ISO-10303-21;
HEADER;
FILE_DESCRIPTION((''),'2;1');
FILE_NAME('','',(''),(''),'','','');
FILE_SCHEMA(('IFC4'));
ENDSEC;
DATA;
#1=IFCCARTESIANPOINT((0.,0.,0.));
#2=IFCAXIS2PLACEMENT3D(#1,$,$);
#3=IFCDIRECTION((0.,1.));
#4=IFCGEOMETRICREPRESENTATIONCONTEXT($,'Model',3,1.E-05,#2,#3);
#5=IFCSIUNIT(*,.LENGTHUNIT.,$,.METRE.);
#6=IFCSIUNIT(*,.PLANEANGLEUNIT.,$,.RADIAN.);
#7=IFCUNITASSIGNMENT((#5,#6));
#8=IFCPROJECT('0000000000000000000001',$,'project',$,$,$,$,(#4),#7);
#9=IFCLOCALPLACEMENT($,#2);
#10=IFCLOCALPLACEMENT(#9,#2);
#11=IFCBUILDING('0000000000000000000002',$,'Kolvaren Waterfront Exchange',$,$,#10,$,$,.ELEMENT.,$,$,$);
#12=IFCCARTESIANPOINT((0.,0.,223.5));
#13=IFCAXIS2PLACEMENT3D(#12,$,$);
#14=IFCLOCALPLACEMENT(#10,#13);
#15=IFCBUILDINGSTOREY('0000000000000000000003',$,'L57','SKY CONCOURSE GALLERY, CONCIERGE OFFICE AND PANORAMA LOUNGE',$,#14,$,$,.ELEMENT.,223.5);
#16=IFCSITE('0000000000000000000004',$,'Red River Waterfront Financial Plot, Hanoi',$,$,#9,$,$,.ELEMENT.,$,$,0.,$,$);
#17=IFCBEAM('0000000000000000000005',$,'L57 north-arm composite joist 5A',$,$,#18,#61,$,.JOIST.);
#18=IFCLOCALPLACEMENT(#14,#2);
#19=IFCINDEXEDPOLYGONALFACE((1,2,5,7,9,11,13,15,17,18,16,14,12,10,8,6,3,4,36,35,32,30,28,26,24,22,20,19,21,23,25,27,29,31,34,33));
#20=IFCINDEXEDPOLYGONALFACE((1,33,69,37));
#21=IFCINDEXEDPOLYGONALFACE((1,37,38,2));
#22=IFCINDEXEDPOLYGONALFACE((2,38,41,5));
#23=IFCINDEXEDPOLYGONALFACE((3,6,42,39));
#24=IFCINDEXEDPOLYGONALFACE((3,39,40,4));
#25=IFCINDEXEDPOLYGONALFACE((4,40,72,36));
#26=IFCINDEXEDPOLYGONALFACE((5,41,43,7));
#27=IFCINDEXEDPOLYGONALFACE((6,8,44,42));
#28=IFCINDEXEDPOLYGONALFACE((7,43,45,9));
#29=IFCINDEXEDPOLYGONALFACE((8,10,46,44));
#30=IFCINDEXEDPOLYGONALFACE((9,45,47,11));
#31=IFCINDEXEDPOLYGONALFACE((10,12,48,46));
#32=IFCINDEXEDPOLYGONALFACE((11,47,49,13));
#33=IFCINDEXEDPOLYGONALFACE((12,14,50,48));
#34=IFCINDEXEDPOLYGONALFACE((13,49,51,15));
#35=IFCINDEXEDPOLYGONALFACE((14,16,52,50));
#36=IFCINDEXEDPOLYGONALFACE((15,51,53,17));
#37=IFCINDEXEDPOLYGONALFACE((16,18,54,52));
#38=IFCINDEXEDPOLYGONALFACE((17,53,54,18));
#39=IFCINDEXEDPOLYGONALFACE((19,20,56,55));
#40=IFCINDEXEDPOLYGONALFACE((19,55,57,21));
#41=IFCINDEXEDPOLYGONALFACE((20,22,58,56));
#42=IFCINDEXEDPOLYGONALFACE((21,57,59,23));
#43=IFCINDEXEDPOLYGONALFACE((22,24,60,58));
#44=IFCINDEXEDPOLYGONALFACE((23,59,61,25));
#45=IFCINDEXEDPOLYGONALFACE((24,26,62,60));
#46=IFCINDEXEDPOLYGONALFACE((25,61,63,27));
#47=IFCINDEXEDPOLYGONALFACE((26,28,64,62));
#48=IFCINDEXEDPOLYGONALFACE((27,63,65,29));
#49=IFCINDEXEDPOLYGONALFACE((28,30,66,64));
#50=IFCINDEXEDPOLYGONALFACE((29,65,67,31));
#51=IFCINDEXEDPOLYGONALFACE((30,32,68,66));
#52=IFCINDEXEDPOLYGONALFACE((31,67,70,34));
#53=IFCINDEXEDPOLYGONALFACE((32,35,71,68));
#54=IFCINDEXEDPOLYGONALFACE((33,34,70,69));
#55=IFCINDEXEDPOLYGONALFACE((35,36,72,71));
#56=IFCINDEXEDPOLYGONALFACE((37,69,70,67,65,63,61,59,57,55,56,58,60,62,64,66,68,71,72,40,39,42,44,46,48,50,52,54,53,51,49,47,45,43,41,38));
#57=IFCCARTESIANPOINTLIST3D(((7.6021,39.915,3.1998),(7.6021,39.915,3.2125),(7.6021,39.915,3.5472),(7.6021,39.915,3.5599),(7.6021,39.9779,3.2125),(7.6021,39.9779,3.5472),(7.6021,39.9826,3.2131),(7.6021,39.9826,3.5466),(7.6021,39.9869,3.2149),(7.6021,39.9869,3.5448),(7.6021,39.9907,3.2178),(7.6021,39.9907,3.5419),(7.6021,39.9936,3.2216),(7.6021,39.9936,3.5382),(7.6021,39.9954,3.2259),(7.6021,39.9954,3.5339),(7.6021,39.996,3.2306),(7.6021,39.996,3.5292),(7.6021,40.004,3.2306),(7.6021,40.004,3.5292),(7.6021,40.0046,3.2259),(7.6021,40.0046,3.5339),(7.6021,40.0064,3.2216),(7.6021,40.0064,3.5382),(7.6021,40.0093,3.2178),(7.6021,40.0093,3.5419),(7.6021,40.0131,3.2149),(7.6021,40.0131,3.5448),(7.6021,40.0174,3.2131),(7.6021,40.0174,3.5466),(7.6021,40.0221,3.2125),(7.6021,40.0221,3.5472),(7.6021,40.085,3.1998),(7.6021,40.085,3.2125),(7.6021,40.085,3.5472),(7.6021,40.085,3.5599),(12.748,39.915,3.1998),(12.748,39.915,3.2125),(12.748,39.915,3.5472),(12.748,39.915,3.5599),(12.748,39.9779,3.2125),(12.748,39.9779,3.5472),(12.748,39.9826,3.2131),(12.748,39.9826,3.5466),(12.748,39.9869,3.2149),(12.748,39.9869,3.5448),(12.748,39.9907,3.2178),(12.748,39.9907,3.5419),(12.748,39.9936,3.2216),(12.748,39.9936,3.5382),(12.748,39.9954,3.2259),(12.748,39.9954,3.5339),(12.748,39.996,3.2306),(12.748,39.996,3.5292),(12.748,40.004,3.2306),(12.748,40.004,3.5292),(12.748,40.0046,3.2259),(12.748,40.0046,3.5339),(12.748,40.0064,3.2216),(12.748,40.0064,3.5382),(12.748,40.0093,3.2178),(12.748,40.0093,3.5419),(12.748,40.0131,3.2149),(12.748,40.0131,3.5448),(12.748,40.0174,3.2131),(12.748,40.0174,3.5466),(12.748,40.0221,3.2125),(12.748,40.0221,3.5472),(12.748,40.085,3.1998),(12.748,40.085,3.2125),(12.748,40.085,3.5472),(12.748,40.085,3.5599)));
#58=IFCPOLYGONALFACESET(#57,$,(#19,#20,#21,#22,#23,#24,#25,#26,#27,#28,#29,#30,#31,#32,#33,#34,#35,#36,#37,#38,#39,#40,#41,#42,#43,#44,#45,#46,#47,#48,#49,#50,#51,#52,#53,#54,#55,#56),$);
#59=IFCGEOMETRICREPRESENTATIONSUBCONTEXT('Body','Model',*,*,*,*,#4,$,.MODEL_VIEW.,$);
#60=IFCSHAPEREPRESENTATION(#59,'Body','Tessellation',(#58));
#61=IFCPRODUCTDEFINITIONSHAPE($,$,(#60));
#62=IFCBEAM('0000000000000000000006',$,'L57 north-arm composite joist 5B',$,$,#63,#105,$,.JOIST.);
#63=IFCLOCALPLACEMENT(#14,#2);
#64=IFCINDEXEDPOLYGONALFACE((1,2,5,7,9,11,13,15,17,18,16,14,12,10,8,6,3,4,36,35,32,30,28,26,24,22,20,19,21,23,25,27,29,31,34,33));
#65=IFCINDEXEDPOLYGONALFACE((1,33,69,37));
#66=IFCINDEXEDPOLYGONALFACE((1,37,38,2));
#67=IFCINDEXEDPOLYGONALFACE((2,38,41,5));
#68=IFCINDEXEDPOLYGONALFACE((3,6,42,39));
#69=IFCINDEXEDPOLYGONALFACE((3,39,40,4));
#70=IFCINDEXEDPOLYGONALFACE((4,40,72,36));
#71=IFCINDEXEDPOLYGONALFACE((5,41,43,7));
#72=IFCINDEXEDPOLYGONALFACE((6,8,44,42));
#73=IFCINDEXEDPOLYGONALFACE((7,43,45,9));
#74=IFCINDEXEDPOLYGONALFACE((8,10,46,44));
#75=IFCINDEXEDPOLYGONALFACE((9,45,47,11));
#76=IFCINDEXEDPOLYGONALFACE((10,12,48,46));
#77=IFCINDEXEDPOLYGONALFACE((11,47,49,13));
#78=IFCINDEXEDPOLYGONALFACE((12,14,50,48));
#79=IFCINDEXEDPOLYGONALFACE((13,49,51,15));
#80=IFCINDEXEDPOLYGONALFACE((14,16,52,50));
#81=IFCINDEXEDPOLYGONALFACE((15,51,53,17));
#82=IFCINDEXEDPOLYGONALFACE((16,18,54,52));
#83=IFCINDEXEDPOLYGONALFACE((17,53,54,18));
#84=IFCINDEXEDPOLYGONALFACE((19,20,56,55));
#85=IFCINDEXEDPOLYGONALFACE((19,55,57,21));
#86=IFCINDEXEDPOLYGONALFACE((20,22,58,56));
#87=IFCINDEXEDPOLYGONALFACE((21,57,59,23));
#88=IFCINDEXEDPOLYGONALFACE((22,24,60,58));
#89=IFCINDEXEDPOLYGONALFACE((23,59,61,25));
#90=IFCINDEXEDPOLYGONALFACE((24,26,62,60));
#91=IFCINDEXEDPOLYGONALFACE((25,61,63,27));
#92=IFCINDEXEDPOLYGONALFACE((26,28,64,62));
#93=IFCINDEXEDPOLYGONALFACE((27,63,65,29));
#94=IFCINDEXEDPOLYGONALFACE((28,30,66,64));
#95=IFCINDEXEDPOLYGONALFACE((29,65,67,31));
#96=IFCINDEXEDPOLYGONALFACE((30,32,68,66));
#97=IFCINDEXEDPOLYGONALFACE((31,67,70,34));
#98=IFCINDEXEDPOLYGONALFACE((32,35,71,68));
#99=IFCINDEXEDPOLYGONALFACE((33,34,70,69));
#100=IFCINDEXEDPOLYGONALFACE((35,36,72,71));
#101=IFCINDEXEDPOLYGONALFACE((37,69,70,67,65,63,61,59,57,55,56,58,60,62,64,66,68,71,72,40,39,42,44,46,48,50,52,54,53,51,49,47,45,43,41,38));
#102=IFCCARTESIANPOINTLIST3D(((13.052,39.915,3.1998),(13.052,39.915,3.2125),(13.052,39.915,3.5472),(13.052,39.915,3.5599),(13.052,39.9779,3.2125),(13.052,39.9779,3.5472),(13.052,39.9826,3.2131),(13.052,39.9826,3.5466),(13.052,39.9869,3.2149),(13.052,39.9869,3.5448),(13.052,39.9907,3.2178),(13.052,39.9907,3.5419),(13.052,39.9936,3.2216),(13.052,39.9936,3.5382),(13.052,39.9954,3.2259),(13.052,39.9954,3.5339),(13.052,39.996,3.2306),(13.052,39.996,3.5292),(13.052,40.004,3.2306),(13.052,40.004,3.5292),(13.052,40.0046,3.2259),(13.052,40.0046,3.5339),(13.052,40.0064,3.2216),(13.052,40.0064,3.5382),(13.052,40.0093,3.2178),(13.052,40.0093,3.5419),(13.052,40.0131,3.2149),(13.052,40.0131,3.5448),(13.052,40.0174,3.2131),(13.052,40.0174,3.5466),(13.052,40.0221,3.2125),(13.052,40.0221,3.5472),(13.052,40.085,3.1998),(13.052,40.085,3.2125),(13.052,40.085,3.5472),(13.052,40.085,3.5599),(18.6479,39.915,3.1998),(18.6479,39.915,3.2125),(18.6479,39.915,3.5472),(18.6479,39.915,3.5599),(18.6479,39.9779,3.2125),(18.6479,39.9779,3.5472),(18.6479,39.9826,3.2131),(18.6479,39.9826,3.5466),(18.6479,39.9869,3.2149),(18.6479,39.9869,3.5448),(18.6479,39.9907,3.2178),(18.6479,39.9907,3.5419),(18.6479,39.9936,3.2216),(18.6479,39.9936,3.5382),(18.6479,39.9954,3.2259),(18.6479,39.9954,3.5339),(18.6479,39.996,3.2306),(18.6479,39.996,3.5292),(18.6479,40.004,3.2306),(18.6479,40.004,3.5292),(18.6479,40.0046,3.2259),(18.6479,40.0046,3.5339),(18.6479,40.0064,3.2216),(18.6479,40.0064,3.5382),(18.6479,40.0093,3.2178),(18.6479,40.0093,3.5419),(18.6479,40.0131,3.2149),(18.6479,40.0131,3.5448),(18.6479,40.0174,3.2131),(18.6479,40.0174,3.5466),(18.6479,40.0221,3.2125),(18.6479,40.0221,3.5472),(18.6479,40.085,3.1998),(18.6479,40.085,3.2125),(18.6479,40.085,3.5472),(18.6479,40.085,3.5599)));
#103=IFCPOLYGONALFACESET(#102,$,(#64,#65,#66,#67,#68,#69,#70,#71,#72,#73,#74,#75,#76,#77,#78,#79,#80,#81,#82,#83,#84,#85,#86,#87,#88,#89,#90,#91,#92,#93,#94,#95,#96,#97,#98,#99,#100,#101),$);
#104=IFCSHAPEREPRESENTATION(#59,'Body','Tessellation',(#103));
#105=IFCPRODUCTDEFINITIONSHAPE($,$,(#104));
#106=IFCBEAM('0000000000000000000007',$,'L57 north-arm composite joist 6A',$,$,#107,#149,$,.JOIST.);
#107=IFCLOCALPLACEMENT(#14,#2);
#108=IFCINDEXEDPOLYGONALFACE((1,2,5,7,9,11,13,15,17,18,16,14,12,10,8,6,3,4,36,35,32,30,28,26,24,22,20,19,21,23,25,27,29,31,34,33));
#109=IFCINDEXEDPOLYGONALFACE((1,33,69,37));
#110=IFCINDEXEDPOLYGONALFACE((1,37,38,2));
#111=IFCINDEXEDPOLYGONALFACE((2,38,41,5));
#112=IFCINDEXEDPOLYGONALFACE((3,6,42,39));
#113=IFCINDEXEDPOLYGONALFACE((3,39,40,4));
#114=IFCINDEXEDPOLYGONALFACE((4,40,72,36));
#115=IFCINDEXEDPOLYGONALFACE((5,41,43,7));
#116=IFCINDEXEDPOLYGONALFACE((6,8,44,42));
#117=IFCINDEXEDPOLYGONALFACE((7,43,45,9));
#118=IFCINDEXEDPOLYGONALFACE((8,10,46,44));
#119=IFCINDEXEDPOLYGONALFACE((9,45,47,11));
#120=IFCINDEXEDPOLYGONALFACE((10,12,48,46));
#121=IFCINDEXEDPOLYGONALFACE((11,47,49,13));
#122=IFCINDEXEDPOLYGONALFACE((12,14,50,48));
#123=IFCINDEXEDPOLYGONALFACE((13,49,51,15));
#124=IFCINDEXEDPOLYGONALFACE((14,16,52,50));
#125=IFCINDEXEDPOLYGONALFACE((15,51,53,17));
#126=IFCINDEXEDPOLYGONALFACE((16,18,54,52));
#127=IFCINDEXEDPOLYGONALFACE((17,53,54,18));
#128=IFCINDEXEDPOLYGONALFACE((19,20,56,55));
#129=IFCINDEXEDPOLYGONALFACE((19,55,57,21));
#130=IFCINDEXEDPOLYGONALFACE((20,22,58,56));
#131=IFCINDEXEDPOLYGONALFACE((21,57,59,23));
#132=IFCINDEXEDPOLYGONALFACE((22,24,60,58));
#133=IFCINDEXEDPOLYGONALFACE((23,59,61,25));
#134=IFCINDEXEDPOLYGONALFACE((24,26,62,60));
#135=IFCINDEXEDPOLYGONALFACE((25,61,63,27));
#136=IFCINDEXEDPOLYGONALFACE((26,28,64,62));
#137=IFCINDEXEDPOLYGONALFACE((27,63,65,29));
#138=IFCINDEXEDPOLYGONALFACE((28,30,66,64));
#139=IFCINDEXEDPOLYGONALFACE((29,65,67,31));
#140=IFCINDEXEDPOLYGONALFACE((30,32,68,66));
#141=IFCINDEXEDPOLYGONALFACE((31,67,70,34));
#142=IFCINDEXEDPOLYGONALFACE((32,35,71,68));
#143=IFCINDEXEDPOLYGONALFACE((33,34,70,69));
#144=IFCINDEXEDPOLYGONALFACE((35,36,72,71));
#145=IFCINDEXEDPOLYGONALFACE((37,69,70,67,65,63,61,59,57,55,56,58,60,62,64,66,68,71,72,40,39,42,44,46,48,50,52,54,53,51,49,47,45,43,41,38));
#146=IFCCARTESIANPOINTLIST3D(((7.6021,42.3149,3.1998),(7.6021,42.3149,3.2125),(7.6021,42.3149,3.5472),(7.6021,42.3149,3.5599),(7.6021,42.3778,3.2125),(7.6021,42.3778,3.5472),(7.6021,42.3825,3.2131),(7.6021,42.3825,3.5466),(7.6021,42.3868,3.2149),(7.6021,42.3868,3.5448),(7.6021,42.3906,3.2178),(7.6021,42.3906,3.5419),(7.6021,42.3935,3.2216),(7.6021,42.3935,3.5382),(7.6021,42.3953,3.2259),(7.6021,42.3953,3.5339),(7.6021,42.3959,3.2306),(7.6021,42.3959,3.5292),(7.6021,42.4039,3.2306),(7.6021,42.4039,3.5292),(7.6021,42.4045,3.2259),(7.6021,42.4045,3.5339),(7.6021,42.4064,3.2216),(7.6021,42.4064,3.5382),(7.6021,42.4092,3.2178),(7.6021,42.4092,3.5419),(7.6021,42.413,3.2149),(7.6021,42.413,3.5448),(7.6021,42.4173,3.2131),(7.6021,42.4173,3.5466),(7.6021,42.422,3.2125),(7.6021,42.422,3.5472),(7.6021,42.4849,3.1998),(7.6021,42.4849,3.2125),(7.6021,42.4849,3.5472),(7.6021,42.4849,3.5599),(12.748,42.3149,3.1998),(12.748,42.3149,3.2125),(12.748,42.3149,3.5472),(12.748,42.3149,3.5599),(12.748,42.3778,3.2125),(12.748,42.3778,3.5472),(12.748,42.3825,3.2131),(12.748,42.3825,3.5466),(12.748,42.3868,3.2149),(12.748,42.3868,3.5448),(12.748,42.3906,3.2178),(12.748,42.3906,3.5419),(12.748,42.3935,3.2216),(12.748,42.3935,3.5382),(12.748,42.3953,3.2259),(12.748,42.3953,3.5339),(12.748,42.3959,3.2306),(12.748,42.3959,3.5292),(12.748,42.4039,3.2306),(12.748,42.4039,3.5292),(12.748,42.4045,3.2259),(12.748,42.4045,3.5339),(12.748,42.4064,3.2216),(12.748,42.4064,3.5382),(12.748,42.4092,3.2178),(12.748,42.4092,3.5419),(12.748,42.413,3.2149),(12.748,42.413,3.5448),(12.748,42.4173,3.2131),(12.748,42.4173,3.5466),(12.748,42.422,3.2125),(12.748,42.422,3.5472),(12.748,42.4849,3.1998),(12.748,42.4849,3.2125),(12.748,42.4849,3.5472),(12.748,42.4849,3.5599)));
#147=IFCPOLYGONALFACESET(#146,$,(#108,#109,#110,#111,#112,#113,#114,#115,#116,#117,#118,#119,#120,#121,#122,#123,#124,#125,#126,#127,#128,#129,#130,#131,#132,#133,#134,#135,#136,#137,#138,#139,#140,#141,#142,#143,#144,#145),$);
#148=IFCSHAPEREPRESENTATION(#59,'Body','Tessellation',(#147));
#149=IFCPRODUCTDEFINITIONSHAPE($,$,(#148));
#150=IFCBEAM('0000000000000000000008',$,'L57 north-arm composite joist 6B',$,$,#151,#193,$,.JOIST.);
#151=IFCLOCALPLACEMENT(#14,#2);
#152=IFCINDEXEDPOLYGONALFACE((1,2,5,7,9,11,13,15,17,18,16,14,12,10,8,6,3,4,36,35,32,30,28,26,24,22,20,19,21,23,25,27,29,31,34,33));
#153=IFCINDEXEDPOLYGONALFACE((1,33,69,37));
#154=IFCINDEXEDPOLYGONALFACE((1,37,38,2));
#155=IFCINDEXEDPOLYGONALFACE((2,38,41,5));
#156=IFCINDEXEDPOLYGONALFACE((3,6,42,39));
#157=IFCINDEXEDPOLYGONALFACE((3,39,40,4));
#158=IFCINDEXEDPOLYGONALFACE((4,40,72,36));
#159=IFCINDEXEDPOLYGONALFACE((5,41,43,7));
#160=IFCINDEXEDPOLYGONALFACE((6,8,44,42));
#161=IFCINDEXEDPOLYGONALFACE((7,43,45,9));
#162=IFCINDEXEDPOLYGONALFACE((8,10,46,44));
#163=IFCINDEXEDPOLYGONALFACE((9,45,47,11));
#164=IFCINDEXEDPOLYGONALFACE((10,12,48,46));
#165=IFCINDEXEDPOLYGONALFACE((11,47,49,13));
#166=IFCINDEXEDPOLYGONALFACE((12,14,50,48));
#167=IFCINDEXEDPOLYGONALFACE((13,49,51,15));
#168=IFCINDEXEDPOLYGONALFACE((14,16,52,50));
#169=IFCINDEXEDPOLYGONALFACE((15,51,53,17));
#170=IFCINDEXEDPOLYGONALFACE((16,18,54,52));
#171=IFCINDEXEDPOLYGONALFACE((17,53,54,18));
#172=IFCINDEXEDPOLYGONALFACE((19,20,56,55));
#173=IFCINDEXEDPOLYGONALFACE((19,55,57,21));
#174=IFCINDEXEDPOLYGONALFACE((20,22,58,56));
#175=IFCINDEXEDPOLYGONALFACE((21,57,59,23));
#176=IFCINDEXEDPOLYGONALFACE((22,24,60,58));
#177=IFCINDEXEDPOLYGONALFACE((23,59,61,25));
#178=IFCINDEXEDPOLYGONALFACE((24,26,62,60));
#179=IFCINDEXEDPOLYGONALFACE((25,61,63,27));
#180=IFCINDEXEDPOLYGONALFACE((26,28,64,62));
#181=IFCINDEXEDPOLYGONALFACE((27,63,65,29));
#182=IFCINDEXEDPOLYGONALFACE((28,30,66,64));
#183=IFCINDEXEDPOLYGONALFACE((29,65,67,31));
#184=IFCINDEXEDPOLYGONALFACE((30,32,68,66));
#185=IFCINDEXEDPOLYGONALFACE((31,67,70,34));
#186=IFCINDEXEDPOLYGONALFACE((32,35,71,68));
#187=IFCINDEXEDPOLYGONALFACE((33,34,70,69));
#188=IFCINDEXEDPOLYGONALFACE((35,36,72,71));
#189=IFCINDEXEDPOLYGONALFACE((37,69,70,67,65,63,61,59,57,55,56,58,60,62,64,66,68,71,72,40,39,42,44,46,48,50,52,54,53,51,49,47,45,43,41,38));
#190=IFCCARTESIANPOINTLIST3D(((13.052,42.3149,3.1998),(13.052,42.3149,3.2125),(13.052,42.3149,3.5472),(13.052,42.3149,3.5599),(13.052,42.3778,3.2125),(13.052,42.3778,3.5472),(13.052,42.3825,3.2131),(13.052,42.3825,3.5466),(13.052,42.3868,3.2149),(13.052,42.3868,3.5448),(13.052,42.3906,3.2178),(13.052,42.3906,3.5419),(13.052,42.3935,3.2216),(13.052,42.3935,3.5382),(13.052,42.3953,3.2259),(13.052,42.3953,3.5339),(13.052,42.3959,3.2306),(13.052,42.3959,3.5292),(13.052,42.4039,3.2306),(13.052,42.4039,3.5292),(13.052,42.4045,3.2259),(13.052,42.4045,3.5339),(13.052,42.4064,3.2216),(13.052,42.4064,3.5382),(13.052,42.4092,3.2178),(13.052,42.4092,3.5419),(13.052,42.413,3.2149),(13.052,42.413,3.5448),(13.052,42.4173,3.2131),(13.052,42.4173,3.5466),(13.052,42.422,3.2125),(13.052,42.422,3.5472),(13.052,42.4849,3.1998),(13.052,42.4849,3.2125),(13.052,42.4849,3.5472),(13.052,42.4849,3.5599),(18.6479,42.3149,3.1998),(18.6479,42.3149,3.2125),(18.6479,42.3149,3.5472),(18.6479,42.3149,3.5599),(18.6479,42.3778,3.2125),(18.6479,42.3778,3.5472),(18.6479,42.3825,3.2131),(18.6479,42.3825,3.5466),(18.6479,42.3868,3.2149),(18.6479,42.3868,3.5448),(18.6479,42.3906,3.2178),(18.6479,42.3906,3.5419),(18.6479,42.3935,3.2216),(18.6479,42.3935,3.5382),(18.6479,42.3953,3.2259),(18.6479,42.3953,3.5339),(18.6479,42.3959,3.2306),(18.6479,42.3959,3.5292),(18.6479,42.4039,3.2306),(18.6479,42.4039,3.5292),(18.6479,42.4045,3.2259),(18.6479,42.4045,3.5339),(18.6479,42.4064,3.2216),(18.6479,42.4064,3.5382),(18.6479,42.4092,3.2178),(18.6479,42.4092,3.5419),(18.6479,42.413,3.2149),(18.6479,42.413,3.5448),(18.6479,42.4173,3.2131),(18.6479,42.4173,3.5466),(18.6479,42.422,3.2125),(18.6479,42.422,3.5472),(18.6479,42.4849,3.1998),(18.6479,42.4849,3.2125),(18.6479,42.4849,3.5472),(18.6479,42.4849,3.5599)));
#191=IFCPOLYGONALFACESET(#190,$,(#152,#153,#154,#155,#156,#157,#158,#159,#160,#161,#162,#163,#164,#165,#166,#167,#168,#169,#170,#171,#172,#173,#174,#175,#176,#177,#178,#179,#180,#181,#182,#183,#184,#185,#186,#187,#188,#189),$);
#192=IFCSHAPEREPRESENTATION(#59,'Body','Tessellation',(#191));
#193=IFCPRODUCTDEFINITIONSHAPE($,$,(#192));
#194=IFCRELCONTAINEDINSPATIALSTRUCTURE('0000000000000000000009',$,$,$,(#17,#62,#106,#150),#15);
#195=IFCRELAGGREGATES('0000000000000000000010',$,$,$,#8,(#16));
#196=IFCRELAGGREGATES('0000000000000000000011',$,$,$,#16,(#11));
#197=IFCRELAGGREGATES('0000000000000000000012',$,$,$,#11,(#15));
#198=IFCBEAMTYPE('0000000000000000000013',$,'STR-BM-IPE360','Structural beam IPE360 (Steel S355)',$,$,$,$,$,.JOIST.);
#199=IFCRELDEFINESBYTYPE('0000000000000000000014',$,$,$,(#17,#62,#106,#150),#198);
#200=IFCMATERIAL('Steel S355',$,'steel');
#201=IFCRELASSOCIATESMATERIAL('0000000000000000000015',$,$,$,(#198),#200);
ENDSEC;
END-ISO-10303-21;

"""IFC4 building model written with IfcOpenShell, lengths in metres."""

from ifc_helpers import new_model, si_unit, direction, frame, origin, origin_2d, place, context, subcontext, project, spatial, i_section, extrude, material, material_profile, profile_set, type_object, element, save


model = new_model("IFC4")

# Units and contexts
model_context = context("Model", 3, precision=1e-05, world=origin(), true_north=direction((0.0, 1.0)))
body_context = subcontext(model_context, "Body", "Model", "MODEL_VIEW")
ifc_project = project(units=[si_unit("LENGTHUNIT", "METRE"), si_unit("PLANEANGLEUNIT", "RADIAN")], contexts=[model_context])

# Site, building, storey
site_placement = place(None, origin())
site = spatial("IfcSite", under=ifc_project, at=site_placement, Name="Red River Waterfront Financial Plot, Hanoi", CompositionType="ELEMENT", RefElevation=0.0)
building_placement = place(site_placement, origin())
building = spatial("IfcBuilding", under=site, at=building_placement, Name="Kolvaren Waterfront Exchange", CompositionType="ELEMENT")
storey_placement = place(building_placement, frame((0.0, 0.0, 223.5)))
storey = spatial("IfcBuildingStorey", under=building, at=storey_placement, Name="L57", Description="SKY CONCOURSE GALLERY, CONCIERGE OFFICE AND PANORAMA LOUNGE", CompositionType="ELEMENT", Elevation=223.5)

# Beams
ifc_material_1 = material(Name="Steel S355", Category="steel")
ifc_material_profile_1 = material_profile(ifc_material_1, i_section(OverallWidth=0.1699, OverallDepth=0.3601, WebThickness=0.0081, FlangeThickness=0.0127, FilletRadius=0.0181, at=origin_2d()), Name="IPE360")
ifc_profile_set_1 = profile_set([ifc_material_profile_1], Name="Steel S355")
beam_type_1 = type_object("IfcBeamType", Name="STR-BM-IPE360", Description="Structural beam IPE360 (Steel S355)", PredefinedType="JOIST", material=ifc_profile_set_1)
beam_1_placement = place(storey_placement, frame((7.6021, 40.0, 3.3799), z_axis=(1.0, 0.0, 0.0), x_axis=(0.0, 1.0, 0.0)))
element("IfcBeam", 1, at=beam_1_placement, inside=storey, type_object=beam_type_1, Name="L57 north-arm composite joist 5A", PredefinedType="JOIST", context=body_context, shape_type="SweptSolid", body=[
    extrude(i_section(OverallWidth=0.1699, OverallDepth=0.3601, WebThickness=0.0081, FlangeThickness=0.0127, FilletRadius=0.0181, at=origin_2d()), origin(), (0.0, 0.0, 1.0), 5.146),
])
beam_2_placement = place(storey_placement, frame((13.052, 40.0, 3.3799), z_axis=(1.0, 0.0, 0.0), x_axis=(0.0, 1.0, 0.0)))
element("IfcBeam", 2, at=beam_2_placement, inside=storey, type_object=beam_type_1, Name="L57 north-arm composite joist 5B", PredefinedType="JOIST", context=body_context, shape_type="SweptSolid", body=[
    extrude(i_section(OverallWidth=0.1699, OverallDepth=0.3601, WebThickness=0.0081, FlangeThickness=0.0127, FilletRadius=0.0181, at=origin_2d()), origin(), (0.0, 0.0, 1.0), 5.5959),
])
beam_3_placement = place(storey_placement, frame((7.6021, 42.3999, 3.3799), z_axis=(1.0, 0.0, 0.0), x_axis=(0.0, 1.0, 0.0)))
element("IfcBeam", 3, at=beam_3_placement, inside=storey, type_object=beam_type_1, Name="L57 north-arm composite joist 6A", PredefinedType="JOIST", context=body_context, shape_type="SweptSolid", body=[
    extrude(i_section(OverallWidth=0.1699, OverallDepth=0.3601, WebThickness=0.0081, FlangeThickness=0.0127, FilletRadius=0.0181, at=origin_2d()), origin(), (0.0, 0.0, 1.0), 5.146),
])
beam_4_placement = place(storey_placement, frame((13.052, 42.3999, 3.3799), z_axis=(1.0, 0.0, 0.0), x_axis=(0.0, 1.0, 0.0)))
element("IfcBeam", 4, at=beam_4_placement, inside=storey, type_object=beam_type_1, Name="L57 north-arm composite joist 6B", PredefinedType="JOIST", context=body_context, shape_type="SweptSolid", body=[
    extrude(i_section(OverallWidth=0.1699, OverallDepth=0.3601, WebThickness=0.0081, FlangeThickness=0.0127, FilletRadius=0.0181, at=origin_2d()), origin(), (0.0, 0.0, 1.0), 5.5959),
])

save(model, "model.ifc")
